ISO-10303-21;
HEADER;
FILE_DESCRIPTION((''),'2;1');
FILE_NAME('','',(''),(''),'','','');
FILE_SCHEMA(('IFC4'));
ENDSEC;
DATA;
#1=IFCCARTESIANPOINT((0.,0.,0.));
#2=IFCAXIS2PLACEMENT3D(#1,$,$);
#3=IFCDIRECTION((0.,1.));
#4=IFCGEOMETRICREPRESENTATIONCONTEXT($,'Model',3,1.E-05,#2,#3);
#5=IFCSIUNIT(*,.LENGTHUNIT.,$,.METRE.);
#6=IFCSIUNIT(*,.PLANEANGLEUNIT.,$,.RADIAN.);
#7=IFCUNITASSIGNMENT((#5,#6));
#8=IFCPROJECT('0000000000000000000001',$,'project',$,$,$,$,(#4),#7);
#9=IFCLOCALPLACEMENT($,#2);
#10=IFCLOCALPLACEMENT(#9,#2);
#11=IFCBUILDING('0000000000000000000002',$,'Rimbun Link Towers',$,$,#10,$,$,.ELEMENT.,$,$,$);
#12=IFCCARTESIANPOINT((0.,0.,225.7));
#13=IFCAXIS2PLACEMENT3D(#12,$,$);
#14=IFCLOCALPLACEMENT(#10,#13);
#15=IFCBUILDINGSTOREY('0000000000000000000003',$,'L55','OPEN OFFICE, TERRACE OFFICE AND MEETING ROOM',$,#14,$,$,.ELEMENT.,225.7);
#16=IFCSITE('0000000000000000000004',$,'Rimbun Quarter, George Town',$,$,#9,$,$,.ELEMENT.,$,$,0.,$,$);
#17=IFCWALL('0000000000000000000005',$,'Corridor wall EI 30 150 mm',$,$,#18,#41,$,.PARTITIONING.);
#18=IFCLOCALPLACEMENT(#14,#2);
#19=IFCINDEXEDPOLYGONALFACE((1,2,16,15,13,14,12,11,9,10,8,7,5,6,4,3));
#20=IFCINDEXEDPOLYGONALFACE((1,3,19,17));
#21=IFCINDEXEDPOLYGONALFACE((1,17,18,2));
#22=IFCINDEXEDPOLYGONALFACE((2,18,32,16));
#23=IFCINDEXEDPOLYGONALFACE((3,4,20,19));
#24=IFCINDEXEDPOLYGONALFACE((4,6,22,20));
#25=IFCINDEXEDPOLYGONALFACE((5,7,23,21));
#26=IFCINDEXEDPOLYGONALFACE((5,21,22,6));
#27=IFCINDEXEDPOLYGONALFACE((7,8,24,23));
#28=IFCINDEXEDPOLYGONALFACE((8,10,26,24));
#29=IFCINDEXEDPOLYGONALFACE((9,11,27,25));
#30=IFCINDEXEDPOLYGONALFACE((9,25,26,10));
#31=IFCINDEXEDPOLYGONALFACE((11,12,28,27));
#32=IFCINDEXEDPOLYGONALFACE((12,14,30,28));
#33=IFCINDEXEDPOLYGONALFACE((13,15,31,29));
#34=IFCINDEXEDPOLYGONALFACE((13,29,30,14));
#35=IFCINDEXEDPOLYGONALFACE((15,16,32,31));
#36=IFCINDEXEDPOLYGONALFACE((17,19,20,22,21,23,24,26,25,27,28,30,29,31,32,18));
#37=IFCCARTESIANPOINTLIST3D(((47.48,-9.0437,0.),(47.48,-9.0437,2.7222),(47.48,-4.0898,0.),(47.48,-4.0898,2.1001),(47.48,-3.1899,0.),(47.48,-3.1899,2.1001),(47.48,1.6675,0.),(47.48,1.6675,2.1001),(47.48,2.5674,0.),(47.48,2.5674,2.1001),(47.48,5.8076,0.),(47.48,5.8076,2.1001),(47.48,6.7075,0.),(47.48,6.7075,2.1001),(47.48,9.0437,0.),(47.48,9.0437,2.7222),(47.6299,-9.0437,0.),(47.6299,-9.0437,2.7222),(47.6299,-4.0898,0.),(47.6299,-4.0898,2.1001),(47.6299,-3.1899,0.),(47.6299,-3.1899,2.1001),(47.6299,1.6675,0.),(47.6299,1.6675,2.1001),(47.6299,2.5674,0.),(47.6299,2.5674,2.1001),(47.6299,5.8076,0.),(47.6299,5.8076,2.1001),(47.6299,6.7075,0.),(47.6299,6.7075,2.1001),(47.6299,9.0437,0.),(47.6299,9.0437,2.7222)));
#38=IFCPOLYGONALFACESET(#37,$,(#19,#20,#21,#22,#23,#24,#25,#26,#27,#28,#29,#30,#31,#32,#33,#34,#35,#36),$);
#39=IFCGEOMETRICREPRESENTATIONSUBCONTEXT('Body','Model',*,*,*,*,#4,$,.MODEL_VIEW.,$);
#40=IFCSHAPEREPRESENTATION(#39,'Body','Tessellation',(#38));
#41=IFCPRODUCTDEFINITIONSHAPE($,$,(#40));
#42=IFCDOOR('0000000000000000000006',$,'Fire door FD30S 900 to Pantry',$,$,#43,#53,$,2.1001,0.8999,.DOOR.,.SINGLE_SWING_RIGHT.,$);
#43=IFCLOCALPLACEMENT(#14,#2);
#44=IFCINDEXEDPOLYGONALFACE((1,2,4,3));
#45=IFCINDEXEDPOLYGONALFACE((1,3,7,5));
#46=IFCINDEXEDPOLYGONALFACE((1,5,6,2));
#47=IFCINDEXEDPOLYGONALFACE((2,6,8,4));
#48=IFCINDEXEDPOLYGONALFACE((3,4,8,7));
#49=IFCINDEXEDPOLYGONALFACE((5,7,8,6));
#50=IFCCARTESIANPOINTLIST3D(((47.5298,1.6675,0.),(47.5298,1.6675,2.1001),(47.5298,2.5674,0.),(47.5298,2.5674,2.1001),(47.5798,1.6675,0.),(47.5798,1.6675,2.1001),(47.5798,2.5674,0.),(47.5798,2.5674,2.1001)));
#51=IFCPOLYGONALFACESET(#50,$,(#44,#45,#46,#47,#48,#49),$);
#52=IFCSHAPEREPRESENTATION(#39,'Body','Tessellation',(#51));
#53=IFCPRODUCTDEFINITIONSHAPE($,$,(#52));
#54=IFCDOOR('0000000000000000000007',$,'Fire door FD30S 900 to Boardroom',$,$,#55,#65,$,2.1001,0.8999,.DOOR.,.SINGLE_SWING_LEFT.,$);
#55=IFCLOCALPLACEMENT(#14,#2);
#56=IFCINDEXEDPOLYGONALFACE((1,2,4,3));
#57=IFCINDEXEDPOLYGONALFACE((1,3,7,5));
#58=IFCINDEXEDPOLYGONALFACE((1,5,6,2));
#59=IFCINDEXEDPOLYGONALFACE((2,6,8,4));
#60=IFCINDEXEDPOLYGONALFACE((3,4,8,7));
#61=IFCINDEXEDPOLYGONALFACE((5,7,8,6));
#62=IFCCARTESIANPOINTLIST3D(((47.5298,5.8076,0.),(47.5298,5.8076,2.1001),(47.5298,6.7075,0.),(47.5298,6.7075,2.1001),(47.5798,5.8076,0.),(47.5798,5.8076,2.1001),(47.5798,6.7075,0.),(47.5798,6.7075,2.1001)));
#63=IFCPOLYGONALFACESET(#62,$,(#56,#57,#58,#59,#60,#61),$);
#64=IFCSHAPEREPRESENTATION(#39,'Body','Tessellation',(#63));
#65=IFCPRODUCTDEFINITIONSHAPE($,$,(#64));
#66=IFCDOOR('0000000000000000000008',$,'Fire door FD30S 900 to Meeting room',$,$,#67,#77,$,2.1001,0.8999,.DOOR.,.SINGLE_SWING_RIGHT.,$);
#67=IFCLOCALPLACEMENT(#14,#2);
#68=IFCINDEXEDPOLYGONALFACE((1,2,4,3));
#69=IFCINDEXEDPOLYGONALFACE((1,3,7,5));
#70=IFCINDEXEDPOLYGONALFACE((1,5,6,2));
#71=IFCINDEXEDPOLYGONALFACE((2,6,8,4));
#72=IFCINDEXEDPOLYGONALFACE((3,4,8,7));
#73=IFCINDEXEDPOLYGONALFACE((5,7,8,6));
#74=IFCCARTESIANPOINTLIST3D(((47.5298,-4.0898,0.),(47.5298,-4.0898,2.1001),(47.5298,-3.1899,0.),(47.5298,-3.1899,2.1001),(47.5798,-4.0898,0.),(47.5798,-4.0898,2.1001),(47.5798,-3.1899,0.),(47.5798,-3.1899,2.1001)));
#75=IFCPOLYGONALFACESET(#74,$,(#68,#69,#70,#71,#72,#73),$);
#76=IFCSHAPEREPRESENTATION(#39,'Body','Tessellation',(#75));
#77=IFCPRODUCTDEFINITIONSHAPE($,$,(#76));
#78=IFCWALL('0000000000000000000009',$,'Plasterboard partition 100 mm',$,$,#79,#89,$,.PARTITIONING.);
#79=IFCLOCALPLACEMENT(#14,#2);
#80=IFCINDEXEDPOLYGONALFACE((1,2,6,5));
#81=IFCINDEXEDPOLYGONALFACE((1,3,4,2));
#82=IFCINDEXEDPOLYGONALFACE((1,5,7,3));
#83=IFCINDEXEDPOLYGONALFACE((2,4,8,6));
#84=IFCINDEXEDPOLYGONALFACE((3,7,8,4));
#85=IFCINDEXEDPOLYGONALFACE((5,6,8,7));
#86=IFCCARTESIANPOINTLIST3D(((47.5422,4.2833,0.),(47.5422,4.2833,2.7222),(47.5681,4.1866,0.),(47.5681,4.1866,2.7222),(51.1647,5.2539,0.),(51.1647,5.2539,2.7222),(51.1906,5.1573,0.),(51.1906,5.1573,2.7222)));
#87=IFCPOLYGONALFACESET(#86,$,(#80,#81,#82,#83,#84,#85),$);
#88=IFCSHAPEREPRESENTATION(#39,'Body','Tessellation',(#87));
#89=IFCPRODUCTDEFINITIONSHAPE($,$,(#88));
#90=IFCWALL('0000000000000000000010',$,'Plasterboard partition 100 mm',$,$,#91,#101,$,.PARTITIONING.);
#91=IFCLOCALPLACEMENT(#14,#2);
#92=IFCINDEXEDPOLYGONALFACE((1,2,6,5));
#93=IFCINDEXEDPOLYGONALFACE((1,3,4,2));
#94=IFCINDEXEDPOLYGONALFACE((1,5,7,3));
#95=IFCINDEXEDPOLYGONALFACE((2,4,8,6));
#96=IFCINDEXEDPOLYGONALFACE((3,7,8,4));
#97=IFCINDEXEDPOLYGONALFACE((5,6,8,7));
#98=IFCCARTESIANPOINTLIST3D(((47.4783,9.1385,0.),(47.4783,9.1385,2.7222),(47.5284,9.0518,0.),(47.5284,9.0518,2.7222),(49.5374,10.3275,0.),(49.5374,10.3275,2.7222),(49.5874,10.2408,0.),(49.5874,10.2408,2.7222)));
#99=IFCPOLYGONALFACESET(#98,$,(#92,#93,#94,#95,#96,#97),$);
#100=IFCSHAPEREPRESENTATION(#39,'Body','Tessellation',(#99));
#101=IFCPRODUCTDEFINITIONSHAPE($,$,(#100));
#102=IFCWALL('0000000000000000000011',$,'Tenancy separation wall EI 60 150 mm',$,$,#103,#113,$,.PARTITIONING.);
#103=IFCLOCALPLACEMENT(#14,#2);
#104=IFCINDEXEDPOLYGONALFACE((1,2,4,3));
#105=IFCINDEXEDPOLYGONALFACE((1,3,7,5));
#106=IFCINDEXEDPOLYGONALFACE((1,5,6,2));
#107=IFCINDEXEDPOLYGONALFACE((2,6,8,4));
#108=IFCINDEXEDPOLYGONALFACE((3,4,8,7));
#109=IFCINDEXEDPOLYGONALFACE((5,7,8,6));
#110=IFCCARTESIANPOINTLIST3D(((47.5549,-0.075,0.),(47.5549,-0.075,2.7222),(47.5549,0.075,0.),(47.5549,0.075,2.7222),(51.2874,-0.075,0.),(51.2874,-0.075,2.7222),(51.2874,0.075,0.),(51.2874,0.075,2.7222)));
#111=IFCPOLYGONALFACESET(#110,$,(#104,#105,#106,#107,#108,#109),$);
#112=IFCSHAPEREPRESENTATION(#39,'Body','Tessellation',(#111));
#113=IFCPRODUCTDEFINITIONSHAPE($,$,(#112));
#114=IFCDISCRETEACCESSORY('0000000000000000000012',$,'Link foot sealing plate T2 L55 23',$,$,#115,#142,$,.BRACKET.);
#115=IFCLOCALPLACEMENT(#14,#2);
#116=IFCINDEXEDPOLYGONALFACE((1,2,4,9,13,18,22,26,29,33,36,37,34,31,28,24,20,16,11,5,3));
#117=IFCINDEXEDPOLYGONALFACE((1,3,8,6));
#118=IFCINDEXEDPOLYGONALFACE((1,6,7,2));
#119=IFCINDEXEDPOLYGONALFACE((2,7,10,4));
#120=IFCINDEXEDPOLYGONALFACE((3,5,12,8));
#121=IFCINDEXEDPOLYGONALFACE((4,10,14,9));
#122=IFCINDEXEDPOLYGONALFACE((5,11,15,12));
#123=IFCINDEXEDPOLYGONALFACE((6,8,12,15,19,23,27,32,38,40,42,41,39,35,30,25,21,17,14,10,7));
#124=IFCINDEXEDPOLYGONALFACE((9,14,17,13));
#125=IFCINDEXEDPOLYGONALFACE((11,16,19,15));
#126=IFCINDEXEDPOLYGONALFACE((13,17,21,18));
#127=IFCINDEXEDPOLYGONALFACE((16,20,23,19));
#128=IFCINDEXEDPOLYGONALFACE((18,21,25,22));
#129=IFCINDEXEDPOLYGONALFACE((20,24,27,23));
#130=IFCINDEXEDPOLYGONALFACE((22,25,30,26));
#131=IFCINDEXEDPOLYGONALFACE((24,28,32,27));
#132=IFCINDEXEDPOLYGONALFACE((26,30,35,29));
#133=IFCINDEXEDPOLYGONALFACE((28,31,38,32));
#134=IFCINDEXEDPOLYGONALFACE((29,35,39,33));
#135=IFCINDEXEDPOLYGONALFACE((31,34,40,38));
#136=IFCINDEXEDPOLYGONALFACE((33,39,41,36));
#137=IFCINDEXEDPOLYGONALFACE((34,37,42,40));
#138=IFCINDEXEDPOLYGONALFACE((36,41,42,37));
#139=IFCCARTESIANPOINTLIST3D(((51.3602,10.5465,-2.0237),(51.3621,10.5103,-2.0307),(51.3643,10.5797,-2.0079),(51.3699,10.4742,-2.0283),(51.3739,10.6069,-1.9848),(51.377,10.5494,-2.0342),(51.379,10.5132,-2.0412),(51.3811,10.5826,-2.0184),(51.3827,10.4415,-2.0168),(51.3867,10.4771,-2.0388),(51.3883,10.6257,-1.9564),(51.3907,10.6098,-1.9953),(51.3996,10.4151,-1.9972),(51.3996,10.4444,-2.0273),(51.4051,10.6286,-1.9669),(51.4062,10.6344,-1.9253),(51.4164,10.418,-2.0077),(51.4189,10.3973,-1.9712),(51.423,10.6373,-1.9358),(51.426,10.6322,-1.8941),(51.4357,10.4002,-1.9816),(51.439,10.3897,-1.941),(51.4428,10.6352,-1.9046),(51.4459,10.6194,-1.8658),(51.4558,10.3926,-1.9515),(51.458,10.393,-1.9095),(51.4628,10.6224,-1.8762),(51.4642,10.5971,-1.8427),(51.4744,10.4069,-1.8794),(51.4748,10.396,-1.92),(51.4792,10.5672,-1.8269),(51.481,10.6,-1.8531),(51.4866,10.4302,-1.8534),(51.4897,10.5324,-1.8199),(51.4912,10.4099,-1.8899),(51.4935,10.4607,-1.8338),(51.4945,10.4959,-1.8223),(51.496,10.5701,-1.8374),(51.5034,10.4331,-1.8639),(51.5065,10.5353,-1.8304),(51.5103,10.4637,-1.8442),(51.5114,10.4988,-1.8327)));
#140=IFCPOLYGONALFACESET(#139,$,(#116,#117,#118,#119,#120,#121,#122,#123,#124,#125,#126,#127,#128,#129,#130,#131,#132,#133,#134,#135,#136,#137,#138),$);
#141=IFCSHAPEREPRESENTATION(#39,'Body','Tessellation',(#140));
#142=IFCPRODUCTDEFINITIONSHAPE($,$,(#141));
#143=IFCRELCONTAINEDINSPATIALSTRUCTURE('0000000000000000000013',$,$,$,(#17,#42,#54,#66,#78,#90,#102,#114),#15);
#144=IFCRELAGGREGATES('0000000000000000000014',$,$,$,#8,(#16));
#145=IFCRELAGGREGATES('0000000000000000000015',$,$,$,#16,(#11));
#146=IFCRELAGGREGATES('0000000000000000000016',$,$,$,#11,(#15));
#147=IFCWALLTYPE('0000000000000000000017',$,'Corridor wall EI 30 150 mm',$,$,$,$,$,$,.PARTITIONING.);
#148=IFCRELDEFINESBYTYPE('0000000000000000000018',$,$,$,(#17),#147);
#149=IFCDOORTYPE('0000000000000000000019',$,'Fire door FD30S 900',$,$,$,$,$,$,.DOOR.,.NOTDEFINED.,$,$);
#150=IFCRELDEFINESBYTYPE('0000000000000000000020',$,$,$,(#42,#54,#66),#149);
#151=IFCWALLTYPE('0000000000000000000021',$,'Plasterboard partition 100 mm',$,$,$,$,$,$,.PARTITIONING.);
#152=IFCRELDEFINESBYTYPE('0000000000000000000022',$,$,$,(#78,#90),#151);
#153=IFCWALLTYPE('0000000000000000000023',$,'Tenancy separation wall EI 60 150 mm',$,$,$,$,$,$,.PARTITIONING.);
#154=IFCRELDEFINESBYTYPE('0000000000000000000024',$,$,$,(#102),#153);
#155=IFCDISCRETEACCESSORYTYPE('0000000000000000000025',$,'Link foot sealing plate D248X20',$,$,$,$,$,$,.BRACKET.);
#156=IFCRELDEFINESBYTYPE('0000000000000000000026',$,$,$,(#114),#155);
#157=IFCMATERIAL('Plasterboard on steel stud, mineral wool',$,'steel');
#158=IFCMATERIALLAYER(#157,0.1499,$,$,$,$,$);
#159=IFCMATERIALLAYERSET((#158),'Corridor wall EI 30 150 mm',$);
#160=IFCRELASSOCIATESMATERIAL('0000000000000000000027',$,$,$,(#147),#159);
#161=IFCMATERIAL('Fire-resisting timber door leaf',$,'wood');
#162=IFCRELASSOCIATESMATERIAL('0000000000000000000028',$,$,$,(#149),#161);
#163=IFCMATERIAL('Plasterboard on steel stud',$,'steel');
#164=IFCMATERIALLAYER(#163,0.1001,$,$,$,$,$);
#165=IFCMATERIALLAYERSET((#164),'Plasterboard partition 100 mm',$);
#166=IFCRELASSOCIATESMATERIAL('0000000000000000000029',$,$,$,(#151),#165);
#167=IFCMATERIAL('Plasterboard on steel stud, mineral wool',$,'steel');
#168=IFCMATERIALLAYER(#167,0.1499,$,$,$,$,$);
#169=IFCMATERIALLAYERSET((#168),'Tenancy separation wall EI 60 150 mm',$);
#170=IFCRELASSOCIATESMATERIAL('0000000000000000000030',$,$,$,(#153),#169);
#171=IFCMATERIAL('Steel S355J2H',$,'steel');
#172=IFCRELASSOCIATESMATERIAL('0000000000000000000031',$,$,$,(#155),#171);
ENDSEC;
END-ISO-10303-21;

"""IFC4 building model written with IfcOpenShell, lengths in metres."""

from ifc_helpers import new_model, si_unit, direction, frame, frame_2d, origin, origin_2d, place, context, subcontext, project, spatial, rectangle, circle, extrude, material, layer, layer_set, material_profile, profile_set, type_object, element, fill, save


model = new_model("IFC4")

# Units and contexts
model_context = context("Model", 3, precision=1e-05, world=origin(), true_north=direction((0.0, 1.0)))
body_context = subcontext(model_context, "Body", "Model", "MODEL_VIEW")
ifc_project = project(units=[si_unit("LENGTHUNIT", "METRE"), si_unit("PLANEANGLEUNIT", "RADIAN")], contexts=[model_context])

# Site, building, storey
site_placement = place(None, origin())
site = spatial("IfcSite", under=ifc_project, at=site_placement, Name="Rimbun Quarter, George Town", CompositionType="ELEMENT", RefElevation=0.0)
building_placement = place(site_placement, origin())
building = spatial("IfcBuilding", under=site, at=building_placement, Name="Rimbun Link Towers", CompositionType="ELEMENT")
storey_placement = place(building_placement, frame((0.0, 0.0, 225.7)))
storey = spatial("IfcBuildingStorey", under=building, at=storey_placement, Name="L55", Description="OPEN OFFICE, TERRACE OFFICE AND MEETING ROOM", CompositionType="ELEMENT", Elevation=225.7)

# Shared definitions
ifc_material_1 = material(Name="Plasterboard on steel stud, mineral wool", Category="steel")
ifc_layer_1 = layer(ifc_material_1, 0.1499)
ifc_layer_set_1 = layer_set([ifc_layer_1], Name="Corridor wall EI 30 150 mm")
wall_type_1 = type_object("IfcWallType", Name="Corridor wall EI 30 150 mm", PredefinedType="PARTITIONING", material=ifc_layer_set_1)

# Wall, openings, doors
wall_1_placement = place(storey_placement, frame((47.5549, 9.0437, 0.0), z_axis=(0.0, 0.0, 1.0), x_axis=(0.0, -1.0, 0.0)))
wall_1 = element("IfcWall", 1, at=wall_1_placement, inside=storey, type_object=wall_type_1, Name="Corridor wall EI 30 150 mm", PredefinedType="PARTITIONING", context=body_context, shape_type="SweptSolid", body=[
    extrude(rectangle(XDim=18.0874, YDim=0.1499, at=frame_2d((9.0437, 0.0))), origin(), (0.0, 0.0, 1.0), 2.7222),
])
opening_1_placement = place(wall_1_placement, frame((6.4763, 0.0, 0.0)))
opening_1 = element("IfcOpeningElement", 2, at=opening_1_placement, cuts=wall_1, PredefinedType="OPENING", context=body_context, shape_type="SweptSolid", body=[
    extrude(rectangle(XDim=0.8999, YDim=2.1001, at=frame_2d((0.45, 1.05))), frame((0.0, 0.085, 0.0), z_axis=(0.0, -1.0, 0.0), x_axis=(1.0, 0.0, 0.0)), (0.0, 0.0, 1.0), 0.1699),
])
opening_2_placement = place(wall_1_placement, frame((2.3362, 0.0, 0.0)))
opening_2 = element("IfcOpeningElement", 3, at=opening_2_placement, cuts=wall_1, PredefinedType="OPENING", context=body_context, shape_type="SweptSolid", body=[
    extrude(rectangle(XDim=0.8999, YDim=2.1001, at=frame_2d((0.45, 1.05))), frame((0.0, 0.085, 0.0), z_axis=(0.0, -1.0, 0.0), x_axis=(1.0, 0.0, 0.0)), (0.0, 0.0, 1.0), 0.1699),
])
opening_3_placement = place(wall_1_placement, frame((12.2336, 0.0, 0.0)))
opening_3 = element("IfcOpeningElement", 4, at=opening_3_placement, cuts=wall_1, PredefinedType="OPENING", context=body_context, shape_type="SweptSolid", body=[
    extrude(rectangle(XDim=0.8999, YDim=2.1001, at=frame_2d((0.45, 1.05))), frame((0.0, 0.085, 0.0), z_axis=(0.0, -1.0, 0.0), x_axis=(1.0, 0.0, 0.0)), (0.0, 0.0, 1.0), 0.1699),
])
ifc_material_2 = material(Name="Fire-resisting timber door leaf", Category="wood")
door_type = type_object("IfcDoorType", Name="Fire door FD30S 900", OperationType="NOTDEFINED", PredefinedType="DOOR", material=ifc_material_2)
door_1_placement = place(opening_1_placement, origin())
door_1 = element("IfcDoor", 5, at=door_1_placement, inside=storey, type_object=door_type, Name="Fire door FD30S 900 to Pantry", OperationType="SINGLE_SWING_RIGHT", OverallHeight=2.1001, OverallWidth=0.8999, PredefinedType="DOOR", context=body_context, shape_type="SweptSolid", body=[
    extrude(rectangle(XDim=0.8999, YDim=2.1001, at=frame_2d((0.45, 1.05))), frame((0.0, 0.0249, 0.0), z_axis=(0.0, -1.0, 0.0), x_axis=(1.0, 0.0, 0.0)), (0.0, 0.0, 1.0), 0.05),
])
fill(opening_1, door_1)
door_2_placement = place(opening_2_placement, origin())
door_2 = element("IfcDoor", 6, at=door_2_placement, inside=storey, type_object=door_type, Name="Fire door FD30S 900 to Boardroom", OperationType="SINGLE_SWING_LEFT", OverallHeight=2.1001, OverallWidth=0.8999, PredefinedType="DOOR", context=body_context, shape_type="SweptSolid", body=[
    extrude(rectangle(XDim=0.8999, YDim=2.1001, at=frame_2d((0.45, 1.05))), frame((0.0, 0.0249, 0.0), z_axis=(0.0, -1.0, 0.0), x_axis=(1.0, 0.0, 0.0)), (0.0, 0.0, 1.0), 0.05),
])
fill(opening_2, door_2)
door_3_placement = place(opening_3_placement, origin())
door_3 = element("IfcDoor", 7, at=door_3_placement, inside=storey, type_object=door_type, Name="Fire door FD30S 900 to Meeting room", OperationType="SINGLE_SWING_RIGHT", OverallHeight=2.1001, OverallWidth=0.8999, PredefinedType="DOOR", context=body_context, shape_type="SweptSolid", body=[
    extrude(rectangle(XDim=0.8999, YDim=2.1001, at=frame_2d((0.45, 1.05))), frame((0.0, 0.0249, 0.0), z_axis=(0.0, -1.0, 0.0), x_axis=(1.0, 0.0, 0.0)), (0.0, 0.0, 1.0), 0.05),
])
fill(opening_3, door_3)

# Walls
ifc_material_3 = material(Name="Plasterboard on steel stud", Category="steel")
ifc_layer_2 = layer(ifc_material_3, 0.1001)
ifc_layer_set_2 = layer_set([ifc_layer_2], Name="Plasterboard partition 100 mm")
wall_type_2 = type_object("IfcWallType", Name="Plasterboard partition 100 mm", PredefinedType="PARTITIONING", material=ifc_layer_set_2)
wall_2_placement = place(storey_placement, frame((51.1775, 5.2056, 0.0), z_axis=(0.0, 0.0, 1.0), x_axis=(-0.965923, -0.258829, 0.0)))
element("IfcWall", 8, at=wall_2_placement, inside=storey, type_object=wall_type_2, Name="Plasterboard partition 100 mm", PredefinedType="PARTITIONING", context=body_context, shape_type="SweptSolid", body=[
    extrude(rectangle(XDim=3.7502, YDim=0.1001, at=frame_2d((1.875, 0.0))), origin(), (0.0, 0.0, 1.0), 2.7222),
])
wall_3_placement = place(storey_placement, frame((49.5625, 10.2842, 0.0), z_axis=(0.0, 0.0, 1.0), x_axis=(-0.865997, -0.500048, 0.0)))
element("IfcWall", 9, at=wall_3_placement, inside=storey, type_object=wall_type_2, Name="Plasterboard partition 100 mm", PredefinedType="PARTITIONING", context=body_context, shape_type="SweptSolid", body=[
    extrude(rectangle(XDim=2.3777, YDim=0.1001, at=frame_2d((1.189, 0.0))), origin(), (0.0, 0.0, 1.0), 2.7222),
])
ifc_material_4 = material(Name="Plasterboard on steel stud, mineral wool", Category="steel")
ifc_layer_3 = layer(ifc_material_4, 0.1499)
ifc_layer_set_3 = layer_set([ifc_layer_3], Name="Tenancy separation wall EI 60 150 mm")
wall_type_3 = type_object("IfcWallType", Name="Tenancy separation wall EI 60 150 mm", PredefinedType="PARTITIONING", material=ifc_layer_set_3)
wall_4_placement = place(storey_placement, frame((47.5549, 0.0, 0.0), z_axis=(0.0, 0.0, 1.0), x_axis=(1.0, 0.0, 0.0)))
element("IfcWall", 10, at=wall_4_placement, inside=storey, type_object=wall_type_3, Name="Tenancy separation wall EI 60 150 mm", PredefinedType="PARTITIONING", context=body_context, shape_type="SweptSolid", body=[
    extrude(rectangle(XDim=3.7324, YDim=0.1499, at=frame_2d((1.8662, 0.0))), origin(), (0.0, 0.0, 1.0), 2.7222),
])

# Discrete accessory
ifc_material_5 = material(Name="Steel S355J2H", Category="steel")
ifc_material_profile_1 = material_profile(ifc_material_5, circle(Radius=0.124, at=origin_2d()), Name="PL D248")
ifc_profile_set_1 = profile_set([ifc_material_profile_1], Name="Steel S355J2H")
discrete_accessory_type = type_object("IfcDiscreteAccessoryType", Name="Link foot sealing plate D248X20", PredefinedType="BRACKET", material=ifc_profile_set_1)
discrete_accessory_placement = place(storey_placement, frame((51.4275, 10.5122, -1.9253), z_axis=(0.839593, 0.146016, -0.523224), x_axis=(-0.171341, 0.985212, 0.0)))
element("IfcDiscreteAccessory", 11, at=discrete_accessory_placement, inside=storey, type_object=discrete_accessory_type, Name="Link foot sealing plate T2 L55 23", PredefinedType="BRACKET", context=body_context, shape_type="SweptSolid", body=[
    extrude(circle(Radius=0.124, at=origin_2d()), origin(), (0.0, 0.0, 1.0), 0.02),
])

save(model, "model.ifc")
